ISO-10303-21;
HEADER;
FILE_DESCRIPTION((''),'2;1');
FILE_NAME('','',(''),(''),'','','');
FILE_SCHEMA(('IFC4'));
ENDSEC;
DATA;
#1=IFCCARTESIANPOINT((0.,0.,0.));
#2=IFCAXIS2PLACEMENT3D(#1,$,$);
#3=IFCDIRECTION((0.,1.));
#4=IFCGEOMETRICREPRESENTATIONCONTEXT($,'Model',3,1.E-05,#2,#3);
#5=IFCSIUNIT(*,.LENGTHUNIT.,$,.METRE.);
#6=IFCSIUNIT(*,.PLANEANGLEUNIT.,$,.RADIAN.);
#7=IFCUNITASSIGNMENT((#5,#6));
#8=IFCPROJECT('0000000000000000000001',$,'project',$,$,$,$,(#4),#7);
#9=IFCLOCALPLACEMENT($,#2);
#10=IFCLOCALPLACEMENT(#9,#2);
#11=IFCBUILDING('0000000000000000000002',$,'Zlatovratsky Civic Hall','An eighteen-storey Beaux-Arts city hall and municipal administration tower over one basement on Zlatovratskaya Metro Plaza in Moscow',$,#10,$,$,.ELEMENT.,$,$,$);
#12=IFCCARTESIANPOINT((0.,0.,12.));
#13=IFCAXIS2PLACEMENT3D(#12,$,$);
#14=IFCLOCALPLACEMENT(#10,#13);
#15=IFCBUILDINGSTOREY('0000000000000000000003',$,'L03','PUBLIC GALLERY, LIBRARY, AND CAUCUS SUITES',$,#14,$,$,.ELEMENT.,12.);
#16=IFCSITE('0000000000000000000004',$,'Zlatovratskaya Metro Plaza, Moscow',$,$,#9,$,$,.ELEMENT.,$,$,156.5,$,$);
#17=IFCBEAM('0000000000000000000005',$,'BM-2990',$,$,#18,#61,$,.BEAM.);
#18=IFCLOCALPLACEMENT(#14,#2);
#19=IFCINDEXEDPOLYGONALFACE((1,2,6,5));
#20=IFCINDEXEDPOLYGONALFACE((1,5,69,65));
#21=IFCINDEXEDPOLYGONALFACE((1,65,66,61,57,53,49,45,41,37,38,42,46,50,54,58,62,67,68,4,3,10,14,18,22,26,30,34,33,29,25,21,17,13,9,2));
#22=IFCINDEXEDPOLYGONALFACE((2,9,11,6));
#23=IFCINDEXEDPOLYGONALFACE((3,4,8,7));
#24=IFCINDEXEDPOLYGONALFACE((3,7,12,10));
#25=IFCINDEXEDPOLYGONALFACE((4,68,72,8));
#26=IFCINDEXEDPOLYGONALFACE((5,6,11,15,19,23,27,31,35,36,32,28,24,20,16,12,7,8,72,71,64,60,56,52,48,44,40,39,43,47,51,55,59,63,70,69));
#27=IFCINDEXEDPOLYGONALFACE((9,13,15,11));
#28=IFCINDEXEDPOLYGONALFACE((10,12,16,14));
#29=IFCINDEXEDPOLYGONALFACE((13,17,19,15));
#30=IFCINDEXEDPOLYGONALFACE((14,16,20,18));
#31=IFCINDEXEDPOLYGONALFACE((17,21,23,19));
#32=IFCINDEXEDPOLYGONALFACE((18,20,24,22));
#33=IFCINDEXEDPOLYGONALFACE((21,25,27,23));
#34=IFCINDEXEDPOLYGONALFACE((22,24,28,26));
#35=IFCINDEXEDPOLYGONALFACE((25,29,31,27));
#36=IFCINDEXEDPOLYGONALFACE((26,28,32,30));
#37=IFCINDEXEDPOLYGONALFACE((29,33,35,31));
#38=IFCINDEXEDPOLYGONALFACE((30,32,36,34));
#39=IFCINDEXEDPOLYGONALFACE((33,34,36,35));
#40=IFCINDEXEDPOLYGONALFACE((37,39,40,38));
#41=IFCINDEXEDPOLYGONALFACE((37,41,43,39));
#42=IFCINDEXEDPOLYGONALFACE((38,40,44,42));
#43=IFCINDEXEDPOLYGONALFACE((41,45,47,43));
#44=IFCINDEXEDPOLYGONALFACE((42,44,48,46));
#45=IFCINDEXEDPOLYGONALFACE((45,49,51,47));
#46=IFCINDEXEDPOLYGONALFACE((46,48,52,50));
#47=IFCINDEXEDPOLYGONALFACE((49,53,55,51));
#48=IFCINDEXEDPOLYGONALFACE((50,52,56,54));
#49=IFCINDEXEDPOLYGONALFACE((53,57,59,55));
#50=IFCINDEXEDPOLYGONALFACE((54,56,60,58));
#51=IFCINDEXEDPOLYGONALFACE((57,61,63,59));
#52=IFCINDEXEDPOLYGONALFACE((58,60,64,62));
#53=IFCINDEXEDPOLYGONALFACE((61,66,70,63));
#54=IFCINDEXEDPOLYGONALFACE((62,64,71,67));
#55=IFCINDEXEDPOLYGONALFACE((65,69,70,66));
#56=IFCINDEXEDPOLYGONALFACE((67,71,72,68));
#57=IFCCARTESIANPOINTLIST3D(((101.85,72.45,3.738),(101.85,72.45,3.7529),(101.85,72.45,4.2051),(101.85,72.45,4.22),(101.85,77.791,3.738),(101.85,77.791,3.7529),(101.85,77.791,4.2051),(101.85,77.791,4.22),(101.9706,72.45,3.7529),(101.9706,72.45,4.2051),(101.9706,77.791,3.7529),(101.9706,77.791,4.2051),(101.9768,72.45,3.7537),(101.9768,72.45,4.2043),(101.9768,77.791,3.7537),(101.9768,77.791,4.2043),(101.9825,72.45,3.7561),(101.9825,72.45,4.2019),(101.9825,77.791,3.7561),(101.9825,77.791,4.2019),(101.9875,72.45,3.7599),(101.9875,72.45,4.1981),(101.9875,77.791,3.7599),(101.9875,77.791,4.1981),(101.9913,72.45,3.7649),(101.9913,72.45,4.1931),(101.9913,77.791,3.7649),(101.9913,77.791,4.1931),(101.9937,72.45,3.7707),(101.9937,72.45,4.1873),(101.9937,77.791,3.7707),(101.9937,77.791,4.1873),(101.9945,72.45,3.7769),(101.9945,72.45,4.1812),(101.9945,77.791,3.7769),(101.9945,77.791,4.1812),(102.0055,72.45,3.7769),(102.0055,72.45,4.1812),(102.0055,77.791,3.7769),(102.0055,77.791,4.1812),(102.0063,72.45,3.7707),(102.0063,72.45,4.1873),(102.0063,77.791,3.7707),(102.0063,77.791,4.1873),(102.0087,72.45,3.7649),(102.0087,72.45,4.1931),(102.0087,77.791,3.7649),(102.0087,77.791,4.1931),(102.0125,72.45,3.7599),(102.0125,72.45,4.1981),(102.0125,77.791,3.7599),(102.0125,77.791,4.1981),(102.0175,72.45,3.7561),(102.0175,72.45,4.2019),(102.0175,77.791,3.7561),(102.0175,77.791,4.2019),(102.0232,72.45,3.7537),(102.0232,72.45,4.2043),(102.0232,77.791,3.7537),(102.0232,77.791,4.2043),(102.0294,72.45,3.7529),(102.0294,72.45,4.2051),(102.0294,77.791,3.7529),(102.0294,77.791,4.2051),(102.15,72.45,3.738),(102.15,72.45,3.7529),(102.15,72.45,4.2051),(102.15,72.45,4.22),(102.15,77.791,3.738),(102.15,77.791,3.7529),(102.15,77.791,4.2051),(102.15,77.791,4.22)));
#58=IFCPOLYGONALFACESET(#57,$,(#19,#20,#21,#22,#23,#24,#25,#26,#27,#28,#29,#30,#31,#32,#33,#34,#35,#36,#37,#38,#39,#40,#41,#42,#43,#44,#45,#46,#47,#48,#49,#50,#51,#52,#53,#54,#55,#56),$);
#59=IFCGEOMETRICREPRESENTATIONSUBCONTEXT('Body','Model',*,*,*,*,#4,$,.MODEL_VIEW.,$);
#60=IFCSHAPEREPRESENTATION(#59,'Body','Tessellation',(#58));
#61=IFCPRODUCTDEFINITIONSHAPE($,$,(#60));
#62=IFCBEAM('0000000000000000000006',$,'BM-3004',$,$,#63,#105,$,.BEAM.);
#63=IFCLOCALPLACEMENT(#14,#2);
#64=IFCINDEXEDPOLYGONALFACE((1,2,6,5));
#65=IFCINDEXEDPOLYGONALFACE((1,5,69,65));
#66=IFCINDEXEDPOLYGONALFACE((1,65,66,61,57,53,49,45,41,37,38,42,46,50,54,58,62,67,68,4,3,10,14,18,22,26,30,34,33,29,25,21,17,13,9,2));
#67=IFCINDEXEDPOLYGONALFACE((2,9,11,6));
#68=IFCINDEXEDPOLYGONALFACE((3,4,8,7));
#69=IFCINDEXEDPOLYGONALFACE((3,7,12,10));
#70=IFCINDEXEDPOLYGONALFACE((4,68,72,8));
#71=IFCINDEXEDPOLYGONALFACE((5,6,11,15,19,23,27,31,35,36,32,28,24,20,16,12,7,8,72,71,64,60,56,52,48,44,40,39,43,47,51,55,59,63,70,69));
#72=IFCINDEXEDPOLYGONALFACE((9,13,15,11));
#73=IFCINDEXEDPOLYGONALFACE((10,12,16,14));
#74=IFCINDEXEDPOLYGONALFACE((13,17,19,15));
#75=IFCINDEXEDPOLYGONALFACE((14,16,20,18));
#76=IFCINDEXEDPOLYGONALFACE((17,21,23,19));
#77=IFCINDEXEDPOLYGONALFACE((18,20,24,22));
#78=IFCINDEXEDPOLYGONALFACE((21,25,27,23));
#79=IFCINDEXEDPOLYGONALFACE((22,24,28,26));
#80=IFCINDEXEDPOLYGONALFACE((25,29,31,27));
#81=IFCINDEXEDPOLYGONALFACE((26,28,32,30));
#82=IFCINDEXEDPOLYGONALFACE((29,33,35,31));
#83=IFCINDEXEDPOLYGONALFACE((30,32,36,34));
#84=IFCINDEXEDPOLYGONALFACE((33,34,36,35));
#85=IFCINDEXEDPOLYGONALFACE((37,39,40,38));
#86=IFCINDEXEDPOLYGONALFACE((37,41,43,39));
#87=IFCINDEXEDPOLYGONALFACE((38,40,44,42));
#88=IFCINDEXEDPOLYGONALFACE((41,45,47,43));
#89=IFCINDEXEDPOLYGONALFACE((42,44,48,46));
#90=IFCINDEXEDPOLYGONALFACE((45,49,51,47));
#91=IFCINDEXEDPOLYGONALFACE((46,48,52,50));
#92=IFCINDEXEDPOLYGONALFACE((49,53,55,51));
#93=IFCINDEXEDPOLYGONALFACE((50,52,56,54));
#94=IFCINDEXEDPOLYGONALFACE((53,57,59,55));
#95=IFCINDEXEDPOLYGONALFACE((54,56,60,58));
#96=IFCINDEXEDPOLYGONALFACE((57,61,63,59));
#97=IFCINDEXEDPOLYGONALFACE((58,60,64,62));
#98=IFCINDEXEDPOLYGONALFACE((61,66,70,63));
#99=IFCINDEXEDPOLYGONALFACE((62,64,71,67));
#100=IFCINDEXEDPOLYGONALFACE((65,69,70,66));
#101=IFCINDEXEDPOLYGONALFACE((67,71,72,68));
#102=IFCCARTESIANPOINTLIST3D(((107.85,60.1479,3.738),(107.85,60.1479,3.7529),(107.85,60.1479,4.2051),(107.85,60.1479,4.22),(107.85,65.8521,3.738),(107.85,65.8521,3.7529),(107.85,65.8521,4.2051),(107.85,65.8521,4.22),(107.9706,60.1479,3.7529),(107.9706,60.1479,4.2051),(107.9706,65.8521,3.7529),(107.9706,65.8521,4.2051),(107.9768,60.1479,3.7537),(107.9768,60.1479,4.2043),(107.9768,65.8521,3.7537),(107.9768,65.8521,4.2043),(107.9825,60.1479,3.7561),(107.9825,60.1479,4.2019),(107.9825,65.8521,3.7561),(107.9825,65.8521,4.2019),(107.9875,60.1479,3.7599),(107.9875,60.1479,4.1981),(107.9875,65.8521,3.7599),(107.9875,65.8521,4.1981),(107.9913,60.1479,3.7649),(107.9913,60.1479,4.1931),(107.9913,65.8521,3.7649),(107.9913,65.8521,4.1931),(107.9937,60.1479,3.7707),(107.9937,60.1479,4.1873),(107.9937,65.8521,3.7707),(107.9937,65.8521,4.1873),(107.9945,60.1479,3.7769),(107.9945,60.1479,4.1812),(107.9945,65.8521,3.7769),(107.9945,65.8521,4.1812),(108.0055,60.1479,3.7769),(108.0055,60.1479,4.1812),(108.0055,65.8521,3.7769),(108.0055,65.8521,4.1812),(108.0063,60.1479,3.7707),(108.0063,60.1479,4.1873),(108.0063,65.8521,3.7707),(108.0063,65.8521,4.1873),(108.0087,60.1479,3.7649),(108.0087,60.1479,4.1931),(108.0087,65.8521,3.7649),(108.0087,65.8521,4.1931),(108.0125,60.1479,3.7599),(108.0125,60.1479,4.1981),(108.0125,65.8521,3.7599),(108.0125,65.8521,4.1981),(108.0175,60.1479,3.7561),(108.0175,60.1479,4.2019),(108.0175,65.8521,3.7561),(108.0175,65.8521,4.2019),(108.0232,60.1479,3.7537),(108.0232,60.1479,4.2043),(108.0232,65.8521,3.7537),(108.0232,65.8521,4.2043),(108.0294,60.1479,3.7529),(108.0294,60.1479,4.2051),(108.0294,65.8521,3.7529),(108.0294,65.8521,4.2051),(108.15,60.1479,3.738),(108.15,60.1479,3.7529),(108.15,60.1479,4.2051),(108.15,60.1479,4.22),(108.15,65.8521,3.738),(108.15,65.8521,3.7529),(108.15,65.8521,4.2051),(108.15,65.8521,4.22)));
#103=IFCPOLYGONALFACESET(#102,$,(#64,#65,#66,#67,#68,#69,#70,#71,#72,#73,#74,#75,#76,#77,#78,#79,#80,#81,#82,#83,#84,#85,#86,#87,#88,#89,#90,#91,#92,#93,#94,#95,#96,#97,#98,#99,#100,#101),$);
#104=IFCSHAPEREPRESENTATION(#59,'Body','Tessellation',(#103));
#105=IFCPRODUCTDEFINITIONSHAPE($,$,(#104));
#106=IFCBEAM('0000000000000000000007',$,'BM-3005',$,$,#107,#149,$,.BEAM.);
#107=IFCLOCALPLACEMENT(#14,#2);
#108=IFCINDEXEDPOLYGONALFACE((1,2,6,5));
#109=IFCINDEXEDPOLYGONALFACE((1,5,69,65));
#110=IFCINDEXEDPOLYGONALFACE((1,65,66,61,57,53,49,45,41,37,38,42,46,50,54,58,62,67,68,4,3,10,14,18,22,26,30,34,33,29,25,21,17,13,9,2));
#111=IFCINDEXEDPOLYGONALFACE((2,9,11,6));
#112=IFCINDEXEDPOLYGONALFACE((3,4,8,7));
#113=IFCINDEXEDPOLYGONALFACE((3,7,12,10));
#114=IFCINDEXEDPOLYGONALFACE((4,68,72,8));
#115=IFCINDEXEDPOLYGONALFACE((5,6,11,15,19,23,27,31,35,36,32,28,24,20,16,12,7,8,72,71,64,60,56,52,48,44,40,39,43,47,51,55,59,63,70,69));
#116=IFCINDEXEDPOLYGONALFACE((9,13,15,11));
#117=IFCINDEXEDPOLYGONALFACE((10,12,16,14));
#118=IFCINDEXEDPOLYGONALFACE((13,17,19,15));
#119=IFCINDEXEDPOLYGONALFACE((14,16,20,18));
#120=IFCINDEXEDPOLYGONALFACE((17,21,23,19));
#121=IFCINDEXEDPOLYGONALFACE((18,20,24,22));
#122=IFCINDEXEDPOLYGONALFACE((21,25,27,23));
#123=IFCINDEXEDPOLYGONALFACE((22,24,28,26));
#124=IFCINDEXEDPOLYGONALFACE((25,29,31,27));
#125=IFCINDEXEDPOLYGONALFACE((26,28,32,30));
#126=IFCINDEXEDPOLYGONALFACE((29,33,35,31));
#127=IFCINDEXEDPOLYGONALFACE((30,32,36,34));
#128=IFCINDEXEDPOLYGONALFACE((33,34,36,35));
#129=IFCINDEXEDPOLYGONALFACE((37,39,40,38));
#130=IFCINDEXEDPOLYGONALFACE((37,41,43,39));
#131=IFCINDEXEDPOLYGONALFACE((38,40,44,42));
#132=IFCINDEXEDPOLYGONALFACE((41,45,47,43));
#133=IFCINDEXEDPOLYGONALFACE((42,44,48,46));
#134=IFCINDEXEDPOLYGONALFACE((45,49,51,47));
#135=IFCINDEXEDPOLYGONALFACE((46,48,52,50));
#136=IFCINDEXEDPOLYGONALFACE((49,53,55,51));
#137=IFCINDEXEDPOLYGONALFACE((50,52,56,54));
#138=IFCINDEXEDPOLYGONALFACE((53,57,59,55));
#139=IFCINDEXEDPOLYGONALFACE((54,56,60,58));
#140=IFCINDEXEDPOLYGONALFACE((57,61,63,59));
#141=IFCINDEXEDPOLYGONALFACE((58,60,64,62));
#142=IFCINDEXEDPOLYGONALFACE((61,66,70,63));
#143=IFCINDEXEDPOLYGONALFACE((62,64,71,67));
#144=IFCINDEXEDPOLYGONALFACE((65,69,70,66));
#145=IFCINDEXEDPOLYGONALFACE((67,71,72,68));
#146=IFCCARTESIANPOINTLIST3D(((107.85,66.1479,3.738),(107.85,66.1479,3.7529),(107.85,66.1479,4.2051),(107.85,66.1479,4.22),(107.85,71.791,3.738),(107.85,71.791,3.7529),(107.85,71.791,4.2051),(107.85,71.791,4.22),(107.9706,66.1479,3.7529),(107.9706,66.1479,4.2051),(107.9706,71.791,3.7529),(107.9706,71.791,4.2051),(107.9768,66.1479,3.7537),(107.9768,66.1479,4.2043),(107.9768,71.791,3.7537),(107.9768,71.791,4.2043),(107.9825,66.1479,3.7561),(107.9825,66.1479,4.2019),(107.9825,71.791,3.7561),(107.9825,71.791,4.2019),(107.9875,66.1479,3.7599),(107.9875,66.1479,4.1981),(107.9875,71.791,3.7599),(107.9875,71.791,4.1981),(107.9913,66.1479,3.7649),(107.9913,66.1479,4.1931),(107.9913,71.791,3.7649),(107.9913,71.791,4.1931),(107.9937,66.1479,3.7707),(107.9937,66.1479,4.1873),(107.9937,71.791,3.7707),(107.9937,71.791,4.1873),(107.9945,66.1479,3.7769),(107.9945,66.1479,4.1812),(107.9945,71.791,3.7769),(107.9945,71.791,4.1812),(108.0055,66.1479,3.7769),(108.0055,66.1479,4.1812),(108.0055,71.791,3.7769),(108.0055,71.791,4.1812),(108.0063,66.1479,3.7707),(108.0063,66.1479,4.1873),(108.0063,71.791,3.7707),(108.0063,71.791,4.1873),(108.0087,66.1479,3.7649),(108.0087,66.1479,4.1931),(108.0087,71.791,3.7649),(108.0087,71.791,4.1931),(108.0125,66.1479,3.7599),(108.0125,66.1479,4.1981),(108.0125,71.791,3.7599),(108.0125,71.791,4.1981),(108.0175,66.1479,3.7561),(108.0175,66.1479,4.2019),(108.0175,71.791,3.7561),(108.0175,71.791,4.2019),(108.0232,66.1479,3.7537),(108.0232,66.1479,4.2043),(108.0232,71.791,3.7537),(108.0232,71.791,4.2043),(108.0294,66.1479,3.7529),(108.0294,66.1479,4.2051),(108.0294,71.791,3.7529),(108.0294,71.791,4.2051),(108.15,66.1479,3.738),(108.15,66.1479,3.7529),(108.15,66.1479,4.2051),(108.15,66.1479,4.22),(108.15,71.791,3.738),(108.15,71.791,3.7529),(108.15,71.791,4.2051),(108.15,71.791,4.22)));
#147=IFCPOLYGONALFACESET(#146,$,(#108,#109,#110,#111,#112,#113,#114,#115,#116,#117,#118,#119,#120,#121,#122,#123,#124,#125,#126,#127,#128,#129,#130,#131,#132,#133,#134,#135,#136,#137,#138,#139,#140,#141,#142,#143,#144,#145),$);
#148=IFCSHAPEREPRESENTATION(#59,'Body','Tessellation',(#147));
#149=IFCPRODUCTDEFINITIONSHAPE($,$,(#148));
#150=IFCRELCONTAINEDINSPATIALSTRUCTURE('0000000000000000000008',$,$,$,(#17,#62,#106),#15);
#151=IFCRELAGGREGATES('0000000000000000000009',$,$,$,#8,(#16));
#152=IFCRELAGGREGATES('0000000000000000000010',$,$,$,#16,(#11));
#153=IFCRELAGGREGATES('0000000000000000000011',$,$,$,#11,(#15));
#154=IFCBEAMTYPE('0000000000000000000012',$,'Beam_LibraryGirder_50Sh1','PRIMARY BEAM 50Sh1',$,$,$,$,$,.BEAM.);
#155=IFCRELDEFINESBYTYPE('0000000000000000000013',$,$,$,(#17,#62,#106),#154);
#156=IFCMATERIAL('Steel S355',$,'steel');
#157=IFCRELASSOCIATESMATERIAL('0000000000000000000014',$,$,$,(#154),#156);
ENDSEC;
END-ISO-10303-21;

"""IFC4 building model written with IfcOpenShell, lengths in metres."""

from ifc_helpers import new_model, si_unit, direction, frame, origin, origin_2d, place, context, subcontext, project, spatial, i_section, extrude, material, material_profile, profile_set, type_object, element, save


model = new_model("IFC4")

# Units and contexts
model_context = context("Model", 3, precision=1e-05, world=origin(), true_north=direction((0.0, 1.0)))
body_context = subcontext(model_context, "Body", "Model", "MODEL_VIEW")
ifc_project = project(units=[si_unit("LENGTHUNIT", "METRE"), si_unit("PLANEANGLEUNIT", "RADIAN")], contexts=[model_context])

# Site, building, storey
site_placement = place(None, origin())
site = spatial("IfcSite", under=ifc_project, at=site_placement, Name="Zlatovratskaya Metro Plaza, Moscow", CompositionType="ELEMENT", RefElevation=156.5)
building_placement = place(site_placement, origin())
building = spatial("IfcBuilding", under=site, at=building_placement, Name="Zlatovratsky Civic Hall", Description="An eighteen-storey Beaux-Arts city hall and municipal administration tower over one basement on Zlatovratskaya Metro Plaza in Moscow", CompositionType="ELEMENT")
storey_placement = place(building_placement, frame((0.0, 0.0, 12.0)))
storey = spatial("IfcBuildingStorey", under=building, at=storey_placement, Name="L03", Description="PUBLIC GALLERY, LIBRARY, AND CAUCUS SUITES", CompositionType="ELEMENT", Elevation=12.0)

# Shared definitions
ifc_material_1 = material(Name="Steel S355", Category="steel")

# Beams
ifc_material_profile_1 = material_profile(ifc_material_1, i_section(OverallWidth=0.3, OverallDepth=0.4819, WebThickness=0.011, FlangeThickness=0.0149, FilletRadius=0.0239, at=origin_2d()), Name="50Sh1")
ifc_profile_set_1 = profile_set([ifc_material_profile_1], Name="Steel S355")
beam_type = type_object("IfcBeamType", Name="Beam_LibraryGirder_50Sh1", Description="PRIMARY BEAM 50Sh1", PredefinedType="BEAM", material=ifc_profile_set_1)
beam_1_placement = place(storey_placement, frame((102.0, 72.45, 3.979), z_axis=(0.0, 1.0, 0.0), x_axis=(-1.0, 0.0, 0.0)))
element("IfcBeam", 1, at=beam_1_placement, inside=storey, type_object=beam_type, Name="BM-2990", PredefinedType="BEAM", context=body_context, shape_type="SweptSolid", body=[
    extrude(i_section(OverallWidth=0.3, OverallDepth=0.4819, WebThickness=0.011, FlangeThickness=0.0149, FilletRadius=0.0239, at=origin_2d()), origin(), (0.0, 0.0, 1.0), 5.3411),
])
beam_2_placement = place(storey_placement, frame((108.0, 60.1479, 3.979), z_axis=(0.0, 1.0, 0.0), x_axis=(-1.0, 0.0, 0.0)))
element("IfcBeam", 2, at=beam_2_placement, inside=storey, type_object=beam_type, Name="BM-3004", PredefinedType="BEAM", context=body_context, shape_type="SweptSolid", body=[
    extrude(i_section(OverallWidth=0.3, OverallDepth=0.4819, WebThickness=0.011, FlangeThickness=0.0149, FilletRadius=0.0239, at=origin_2d()), origin(), (0.0, 0.0, 1.0), 5.7041),
])
beam_3_placement = place(storey_placement, frame((108.0, 66.1479, 3.979), z_axis=(0.0, 1.0, 0.0), x_axis=(-1.0, 0.0, 0.0)))
element("IfcBeam", 3, at=beam_3_placement, inside=storey, type_object=beam_type, Name="BM-3005", PredefinedType="BEAM", context=body_context, shape_type="SweptSolid", body=[
    extrude(i_section(OverallWidth=0.3, OverallDepth=0.4819, WebThickness=0.011, FlangeThickness=0.0149, FilletRadius=0.0239, at=origin_2d()), origin(), (0.0, 0.0, 1.0), 5.6431),
])

save(model, "model.ifc")
